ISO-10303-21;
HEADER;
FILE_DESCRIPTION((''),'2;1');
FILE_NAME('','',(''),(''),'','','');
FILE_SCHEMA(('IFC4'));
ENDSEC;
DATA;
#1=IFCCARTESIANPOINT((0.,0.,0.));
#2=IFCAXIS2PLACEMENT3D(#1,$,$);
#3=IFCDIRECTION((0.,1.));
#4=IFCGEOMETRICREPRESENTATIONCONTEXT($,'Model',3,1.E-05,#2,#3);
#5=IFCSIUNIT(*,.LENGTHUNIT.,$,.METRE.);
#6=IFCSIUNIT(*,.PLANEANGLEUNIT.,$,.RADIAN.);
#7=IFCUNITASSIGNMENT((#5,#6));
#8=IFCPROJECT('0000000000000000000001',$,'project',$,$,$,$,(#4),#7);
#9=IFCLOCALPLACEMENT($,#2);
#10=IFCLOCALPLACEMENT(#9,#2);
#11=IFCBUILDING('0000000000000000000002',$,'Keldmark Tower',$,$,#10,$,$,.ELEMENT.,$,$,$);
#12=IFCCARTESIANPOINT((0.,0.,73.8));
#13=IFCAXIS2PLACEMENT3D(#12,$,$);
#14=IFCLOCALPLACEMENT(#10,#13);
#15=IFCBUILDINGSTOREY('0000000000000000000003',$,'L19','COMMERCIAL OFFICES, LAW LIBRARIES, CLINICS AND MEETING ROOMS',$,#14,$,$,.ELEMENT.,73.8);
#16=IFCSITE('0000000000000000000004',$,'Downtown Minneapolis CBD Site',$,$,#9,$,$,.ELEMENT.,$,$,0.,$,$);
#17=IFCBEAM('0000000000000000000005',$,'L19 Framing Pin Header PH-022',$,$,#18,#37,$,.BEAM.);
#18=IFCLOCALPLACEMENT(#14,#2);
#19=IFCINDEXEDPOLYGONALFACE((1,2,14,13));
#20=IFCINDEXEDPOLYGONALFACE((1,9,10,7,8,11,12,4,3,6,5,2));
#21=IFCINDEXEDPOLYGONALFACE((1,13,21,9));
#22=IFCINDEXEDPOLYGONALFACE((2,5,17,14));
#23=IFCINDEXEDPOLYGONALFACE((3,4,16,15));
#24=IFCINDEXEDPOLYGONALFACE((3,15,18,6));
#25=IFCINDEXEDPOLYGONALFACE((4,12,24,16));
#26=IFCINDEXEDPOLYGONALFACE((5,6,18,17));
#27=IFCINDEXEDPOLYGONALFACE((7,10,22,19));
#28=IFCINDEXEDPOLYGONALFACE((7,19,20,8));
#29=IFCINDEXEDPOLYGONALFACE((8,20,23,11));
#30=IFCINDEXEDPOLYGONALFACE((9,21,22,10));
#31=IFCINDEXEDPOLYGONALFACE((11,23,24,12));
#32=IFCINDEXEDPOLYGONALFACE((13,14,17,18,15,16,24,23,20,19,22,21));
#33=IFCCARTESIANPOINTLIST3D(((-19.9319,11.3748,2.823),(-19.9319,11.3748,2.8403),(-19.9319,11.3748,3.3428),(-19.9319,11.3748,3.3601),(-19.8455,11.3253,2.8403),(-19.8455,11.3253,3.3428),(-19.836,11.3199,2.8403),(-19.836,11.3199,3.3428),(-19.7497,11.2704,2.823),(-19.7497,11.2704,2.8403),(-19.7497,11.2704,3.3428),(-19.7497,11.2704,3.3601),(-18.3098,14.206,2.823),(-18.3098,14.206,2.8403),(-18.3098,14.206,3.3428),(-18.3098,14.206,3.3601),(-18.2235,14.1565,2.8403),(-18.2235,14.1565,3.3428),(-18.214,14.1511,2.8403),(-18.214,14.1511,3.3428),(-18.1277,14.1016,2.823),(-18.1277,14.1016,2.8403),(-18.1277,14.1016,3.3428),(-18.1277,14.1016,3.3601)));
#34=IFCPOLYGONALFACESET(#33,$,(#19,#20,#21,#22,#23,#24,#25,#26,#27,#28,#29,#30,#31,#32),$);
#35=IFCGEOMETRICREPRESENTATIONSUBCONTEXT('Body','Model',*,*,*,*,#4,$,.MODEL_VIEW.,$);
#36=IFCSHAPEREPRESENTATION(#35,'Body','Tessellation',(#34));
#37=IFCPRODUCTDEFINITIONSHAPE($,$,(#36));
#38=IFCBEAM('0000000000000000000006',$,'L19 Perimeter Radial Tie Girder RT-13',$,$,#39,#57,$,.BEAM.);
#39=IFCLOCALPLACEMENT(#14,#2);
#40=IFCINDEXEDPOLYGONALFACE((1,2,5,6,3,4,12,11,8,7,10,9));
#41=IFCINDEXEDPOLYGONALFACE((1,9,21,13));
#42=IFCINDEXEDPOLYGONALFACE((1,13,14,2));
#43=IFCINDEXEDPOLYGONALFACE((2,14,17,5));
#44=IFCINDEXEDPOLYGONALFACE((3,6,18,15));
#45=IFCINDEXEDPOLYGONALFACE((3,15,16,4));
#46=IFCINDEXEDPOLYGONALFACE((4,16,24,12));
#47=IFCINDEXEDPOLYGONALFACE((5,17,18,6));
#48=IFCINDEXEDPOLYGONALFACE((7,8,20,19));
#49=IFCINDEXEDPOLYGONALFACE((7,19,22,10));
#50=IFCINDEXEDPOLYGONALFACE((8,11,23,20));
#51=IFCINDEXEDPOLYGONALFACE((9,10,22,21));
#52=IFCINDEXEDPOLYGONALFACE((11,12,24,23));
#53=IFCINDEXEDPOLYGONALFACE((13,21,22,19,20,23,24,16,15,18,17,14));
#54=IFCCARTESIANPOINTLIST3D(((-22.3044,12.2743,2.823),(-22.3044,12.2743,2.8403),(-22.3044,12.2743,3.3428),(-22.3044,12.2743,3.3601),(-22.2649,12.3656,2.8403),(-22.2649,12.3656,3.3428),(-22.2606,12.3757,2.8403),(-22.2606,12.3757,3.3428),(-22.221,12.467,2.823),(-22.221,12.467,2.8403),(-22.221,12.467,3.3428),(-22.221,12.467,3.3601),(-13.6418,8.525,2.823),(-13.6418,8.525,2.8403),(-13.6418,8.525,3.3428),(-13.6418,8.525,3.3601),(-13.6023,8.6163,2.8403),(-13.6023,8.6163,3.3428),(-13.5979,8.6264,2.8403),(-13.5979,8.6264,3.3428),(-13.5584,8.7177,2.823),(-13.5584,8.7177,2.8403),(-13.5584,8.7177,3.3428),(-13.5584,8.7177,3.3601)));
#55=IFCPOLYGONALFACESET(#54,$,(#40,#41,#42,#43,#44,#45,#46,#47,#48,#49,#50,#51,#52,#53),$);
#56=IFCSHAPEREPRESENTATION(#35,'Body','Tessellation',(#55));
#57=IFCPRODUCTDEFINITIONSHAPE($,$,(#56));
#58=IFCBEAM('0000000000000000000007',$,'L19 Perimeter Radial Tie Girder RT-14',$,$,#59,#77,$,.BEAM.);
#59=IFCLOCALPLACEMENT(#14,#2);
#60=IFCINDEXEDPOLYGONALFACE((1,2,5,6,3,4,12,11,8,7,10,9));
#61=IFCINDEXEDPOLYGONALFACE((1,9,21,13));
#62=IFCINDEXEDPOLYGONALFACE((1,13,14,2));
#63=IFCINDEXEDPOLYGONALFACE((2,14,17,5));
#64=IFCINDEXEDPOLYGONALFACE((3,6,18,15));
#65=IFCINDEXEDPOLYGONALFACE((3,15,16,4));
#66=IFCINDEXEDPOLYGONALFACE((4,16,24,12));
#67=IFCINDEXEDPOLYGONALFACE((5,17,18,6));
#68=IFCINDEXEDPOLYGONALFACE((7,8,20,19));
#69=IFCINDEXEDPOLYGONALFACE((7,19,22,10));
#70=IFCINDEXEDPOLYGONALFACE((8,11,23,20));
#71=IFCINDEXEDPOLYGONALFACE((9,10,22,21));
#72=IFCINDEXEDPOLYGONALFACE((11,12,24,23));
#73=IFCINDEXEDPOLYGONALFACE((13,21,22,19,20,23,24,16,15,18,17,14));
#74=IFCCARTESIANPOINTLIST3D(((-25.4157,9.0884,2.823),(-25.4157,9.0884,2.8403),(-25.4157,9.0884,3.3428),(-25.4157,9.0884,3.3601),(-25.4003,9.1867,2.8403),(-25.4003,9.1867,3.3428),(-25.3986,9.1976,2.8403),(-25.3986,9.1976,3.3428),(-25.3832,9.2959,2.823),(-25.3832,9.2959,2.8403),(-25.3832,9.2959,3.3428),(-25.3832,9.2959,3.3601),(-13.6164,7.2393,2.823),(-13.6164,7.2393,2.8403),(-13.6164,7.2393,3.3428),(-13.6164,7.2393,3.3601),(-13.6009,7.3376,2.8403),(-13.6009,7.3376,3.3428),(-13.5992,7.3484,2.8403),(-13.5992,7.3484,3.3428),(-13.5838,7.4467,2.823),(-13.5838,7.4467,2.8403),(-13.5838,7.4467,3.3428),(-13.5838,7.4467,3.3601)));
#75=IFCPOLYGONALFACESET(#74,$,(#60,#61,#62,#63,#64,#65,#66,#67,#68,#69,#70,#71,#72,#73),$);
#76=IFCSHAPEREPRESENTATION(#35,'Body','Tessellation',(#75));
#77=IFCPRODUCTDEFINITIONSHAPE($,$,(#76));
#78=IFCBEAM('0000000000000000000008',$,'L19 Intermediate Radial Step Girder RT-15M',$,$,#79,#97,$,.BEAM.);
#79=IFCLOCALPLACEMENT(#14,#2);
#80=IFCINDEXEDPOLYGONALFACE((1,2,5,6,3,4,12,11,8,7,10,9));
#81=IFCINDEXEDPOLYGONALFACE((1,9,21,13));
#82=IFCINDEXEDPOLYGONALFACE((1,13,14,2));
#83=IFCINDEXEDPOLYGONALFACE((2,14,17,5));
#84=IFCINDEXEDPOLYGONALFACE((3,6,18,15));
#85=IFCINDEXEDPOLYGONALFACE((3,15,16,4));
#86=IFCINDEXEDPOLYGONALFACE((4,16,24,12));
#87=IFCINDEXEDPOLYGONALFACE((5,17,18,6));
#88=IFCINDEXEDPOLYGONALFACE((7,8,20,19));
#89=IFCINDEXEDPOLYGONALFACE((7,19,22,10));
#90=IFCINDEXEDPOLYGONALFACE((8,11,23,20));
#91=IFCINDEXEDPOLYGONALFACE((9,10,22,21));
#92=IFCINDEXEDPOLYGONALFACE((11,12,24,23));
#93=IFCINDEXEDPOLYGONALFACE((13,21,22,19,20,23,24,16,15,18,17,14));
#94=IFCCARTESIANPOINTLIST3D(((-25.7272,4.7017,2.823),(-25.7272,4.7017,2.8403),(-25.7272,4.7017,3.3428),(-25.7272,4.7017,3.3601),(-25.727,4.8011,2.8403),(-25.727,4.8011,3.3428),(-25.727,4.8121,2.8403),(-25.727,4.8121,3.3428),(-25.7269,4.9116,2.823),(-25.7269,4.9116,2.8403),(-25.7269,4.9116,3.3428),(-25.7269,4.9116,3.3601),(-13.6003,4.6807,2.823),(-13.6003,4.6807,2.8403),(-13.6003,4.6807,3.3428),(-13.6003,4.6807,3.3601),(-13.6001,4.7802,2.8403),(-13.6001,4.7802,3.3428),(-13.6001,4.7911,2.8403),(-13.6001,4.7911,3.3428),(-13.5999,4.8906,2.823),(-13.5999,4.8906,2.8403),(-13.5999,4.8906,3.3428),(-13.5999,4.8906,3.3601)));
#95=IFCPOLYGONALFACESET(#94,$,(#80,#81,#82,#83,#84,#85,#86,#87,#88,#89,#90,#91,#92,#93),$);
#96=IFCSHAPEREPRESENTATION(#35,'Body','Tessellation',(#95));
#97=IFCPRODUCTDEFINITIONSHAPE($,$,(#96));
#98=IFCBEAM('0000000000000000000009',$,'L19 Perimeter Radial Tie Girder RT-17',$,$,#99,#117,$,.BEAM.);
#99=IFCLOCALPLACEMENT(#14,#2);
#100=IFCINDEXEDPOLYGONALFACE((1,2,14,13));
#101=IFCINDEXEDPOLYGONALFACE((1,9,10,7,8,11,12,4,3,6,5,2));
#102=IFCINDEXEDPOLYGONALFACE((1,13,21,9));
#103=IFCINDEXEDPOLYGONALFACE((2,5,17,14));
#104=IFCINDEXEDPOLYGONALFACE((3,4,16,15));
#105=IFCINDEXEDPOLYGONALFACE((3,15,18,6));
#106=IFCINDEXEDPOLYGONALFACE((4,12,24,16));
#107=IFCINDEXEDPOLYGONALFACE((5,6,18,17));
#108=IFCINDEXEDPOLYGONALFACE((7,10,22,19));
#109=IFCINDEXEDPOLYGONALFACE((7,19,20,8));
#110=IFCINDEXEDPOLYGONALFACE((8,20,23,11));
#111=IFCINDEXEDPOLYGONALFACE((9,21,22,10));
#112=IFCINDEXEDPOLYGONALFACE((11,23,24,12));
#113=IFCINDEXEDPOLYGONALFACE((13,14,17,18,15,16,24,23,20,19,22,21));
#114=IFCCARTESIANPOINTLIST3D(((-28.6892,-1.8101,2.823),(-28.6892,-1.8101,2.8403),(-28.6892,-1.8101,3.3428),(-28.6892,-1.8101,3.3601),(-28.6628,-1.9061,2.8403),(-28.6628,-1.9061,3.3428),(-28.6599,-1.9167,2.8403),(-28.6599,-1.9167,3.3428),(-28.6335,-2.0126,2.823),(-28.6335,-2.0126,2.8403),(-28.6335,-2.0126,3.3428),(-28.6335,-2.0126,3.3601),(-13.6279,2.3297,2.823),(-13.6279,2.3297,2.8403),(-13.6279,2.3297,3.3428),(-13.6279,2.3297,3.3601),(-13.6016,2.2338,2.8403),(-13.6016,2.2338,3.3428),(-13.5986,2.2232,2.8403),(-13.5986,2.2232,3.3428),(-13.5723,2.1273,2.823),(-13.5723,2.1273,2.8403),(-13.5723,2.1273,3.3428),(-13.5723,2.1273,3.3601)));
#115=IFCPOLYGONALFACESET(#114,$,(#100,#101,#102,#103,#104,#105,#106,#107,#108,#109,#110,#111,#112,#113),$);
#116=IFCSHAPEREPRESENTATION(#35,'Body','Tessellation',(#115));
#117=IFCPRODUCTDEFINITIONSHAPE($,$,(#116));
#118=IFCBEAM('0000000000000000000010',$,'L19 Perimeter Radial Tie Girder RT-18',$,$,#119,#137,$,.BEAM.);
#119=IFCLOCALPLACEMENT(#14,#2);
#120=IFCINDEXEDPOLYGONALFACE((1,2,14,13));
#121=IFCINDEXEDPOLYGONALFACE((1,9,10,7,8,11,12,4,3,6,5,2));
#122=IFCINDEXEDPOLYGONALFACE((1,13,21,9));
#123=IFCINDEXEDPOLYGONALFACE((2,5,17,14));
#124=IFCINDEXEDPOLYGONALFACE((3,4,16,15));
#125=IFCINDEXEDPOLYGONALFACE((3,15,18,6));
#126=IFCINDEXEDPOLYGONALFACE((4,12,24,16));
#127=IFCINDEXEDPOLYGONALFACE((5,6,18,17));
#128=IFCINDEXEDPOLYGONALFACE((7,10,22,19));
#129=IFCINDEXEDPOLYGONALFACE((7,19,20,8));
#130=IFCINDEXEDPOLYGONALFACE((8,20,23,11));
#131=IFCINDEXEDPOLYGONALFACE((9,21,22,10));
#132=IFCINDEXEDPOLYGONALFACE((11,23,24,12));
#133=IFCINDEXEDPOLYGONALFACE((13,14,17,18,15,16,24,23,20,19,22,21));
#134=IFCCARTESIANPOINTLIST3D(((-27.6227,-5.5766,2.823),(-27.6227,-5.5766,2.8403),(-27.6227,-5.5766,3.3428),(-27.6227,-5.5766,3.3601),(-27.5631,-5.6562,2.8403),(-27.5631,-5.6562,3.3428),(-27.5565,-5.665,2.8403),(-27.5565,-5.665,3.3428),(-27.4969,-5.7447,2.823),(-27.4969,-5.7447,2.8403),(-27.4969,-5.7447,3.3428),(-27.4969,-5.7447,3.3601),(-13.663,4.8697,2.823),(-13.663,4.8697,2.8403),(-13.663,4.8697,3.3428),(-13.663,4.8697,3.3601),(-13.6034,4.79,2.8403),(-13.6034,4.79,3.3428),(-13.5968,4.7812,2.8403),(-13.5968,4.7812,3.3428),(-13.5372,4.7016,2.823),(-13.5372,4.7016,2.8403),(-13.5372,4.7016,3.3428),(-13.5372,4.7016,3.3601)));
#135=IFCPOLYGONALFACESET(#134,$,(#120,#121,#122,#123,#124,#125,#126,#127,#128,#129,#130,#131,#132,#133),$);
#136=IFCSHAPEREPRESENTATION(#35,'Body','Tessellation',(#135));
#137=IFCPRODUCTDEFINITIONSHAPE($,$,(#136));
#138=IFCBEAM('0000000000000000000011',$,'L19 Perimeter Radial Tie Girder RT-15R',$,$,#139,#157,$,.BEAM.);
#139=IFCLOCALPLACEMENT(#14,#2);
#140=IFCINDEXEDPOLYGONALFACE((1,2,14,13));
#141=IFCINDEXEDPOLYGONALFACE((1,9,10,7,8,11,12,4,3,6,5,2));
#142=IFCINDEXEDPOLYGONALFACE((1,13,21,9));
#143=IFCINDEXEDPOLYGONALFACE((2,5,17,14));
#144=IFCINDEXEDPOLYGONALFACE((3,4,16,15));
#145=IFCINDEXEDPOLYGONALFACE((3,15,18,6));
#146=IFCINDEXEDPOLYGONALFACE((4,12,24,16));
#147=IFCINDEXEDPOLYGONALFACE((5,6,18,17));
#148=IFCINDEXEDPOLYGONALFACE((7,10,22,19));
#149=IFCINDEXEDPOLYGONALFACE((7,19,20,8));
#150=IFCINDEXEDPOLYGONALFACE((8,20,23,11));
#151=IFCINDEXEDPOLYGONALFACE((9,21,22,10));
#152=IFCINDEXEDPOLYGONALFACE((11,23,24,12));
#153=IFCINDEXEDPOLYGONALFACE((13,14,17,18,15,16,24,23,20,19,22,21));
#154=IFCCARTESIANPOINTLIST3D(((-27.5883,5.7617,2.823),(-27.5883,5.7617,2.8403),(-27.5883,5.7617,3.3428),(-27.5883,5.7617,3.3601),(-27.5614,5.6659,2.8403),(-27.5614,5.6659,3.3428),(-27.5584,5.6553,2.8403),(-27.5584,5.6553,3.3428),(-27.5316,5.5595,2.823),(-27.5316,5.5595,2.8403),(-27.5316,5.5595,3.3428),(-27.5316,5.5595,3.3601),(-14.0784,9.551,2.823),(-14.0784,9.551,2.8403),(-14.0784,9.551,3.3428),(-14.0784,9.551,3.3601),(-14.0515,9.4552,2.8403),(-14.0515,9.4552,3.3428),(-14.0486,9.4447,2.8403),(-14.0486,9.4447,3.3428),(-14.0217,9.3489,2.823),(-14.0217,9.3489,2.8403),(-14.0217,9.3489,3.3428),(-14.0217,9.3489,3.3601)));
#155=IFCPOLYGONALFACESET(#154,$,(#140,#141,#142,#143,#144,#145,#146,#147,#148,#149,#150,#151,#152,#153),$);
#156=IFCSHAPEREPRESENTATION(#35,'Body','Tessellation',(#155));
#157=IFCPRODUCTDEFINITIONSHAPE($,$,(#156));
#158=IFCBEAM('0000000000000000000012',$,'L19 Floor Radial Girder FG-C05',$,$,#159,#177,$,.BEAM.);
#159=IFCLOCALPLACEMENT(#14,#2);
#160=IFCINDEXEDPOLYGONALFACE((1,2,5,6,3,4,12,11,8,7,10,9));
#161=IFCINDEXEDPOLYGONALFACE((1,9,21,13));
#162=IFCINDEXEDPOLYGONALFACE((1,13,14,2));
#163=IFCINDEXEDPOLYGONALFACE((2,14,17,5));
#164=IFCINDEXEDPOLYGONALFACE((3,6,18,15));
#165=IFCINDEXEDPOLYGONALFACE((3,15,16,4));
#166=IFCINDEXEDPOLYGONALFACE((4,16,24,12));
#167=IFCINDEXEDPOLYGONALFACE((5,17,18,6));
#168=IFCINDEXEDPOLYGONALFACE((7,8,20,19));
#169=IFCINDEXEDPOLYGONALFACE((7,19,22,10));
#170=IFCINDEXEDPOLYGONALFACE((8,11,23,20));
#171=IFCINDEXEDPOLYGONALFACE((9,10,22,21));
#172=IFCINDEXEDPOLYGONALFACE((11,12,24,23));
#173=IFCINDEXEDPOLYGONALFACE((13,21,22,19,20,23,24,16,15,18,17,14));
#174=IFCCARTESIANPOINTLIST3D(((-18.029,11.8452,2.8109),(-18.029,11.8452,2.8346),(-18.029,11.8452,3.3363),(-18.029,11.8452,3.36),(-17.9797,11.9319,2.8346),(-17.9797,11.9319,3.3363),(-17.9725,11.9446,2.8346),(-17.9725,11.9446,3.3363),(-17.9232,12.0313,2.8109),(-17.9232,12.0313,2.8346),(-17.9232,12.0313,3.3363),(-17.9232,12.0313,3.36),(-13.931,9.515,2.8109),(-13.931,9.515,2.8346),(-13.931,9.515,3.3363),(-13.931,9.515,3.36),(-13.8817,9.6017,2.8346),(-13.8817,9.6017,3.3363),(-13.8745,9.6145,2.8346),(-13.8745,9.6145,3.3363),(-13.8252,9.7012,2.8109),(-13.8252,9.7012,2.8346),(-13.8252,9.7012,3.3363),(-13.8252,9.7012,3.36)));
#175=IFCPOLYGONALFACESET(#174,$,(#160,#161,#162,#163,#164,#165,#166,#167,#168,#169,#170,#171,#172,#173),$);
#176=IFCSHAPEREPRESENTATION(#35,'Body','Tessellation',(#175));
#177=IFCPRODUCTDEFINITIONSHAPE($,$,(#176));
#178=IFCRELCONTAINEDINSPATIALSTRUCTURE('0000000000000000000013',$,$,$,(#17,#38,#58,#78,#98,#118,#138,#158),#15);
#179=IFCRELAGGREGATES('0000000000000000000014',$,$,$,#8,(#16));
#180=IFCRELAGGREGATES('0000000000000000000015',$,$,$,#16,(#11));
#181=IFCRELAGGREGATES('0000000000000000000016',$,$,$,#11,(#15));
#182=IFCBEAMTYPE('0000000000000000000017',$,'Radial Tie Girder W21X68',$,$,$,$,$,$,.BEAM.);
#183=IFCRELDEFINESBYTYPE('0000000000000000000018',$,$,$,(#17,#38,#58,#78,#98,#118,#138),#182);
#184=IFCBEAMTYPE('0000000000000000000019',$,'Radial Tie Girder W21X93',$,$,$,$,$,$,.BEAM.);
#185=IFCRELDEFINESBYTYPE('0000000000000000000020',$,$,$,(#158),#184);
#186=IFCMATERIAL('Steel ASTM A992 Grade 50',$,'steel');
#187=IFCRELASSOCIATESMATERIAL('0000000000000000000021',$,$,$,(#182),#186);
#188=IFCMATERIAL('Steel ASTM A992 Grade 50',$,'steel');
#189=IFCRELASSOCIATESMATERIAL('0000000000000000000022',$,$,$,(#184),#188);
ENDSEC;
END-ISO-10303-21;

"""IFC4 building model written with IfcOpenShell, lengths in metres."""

from ifc_helpers import new_model, si_unit, direction, frame, origin, origin_2d, place, context, subcontext, project, spatial, i_section, extrude, material, material_profile, profile_set, type_object, element, save


model = new_model("IFC4")

# Units and contexts
model_context = context("Model", 3, precision=1e-05, world=origin(), true_north=direction((0.0, 1.0)))
body_context = subcontext(model_context, "Body", "Model", "MODEL_VIEW")
ifc_project = project(units=[si_unit("LENGTHUNIT", "METRE"), si_unit("PLANEANGLEUNIT", "RADIAN")], contexts=[model_context])

# Site, building, storey
site_placement = place(None, origin())
site = spatial("IfcSite", under=ifc_project, at=site_placement, Name="Downtown Minneapolis CBD Site", CompositionType="ELEMENT", RefElevation=0.0)
building_placement = place(site_placement, origin())
building = spatial("IfcBuilding", under=site, at=building_placement, Name="Keldmark Tower", CompositionType="ELEMENT")
storey_placement = place(building_placement, frame((0.0, 0.0, 73.8)))
storey = spatial("IfcBuildingStorey", under=building, at=storey_placement, Name="L19", Description="COMMERCIAL OFFICES, LAW LIBRARIES, CLINICS AND MEETING ROOMS", CompositionType="ELEMENT", Elevation=73.8)

# Beams
ifc_material_1 = material(Name="Steel ASTM A992 Grade 50", Category="steel")
ifc_material_profile_1 = material_profile(ifc_material_1, i_section(OverallWidth=0.21, OverallDepth=0.5371, WebThickness=0.011, FlangeThickness=0.0173, at=origin_2d()), Name="W21X68")
ifc_profile_set_1 = profile_set([ifc_material_profile_1], Name="Steel ASTM A992 Grade 50")
beam_type_1 = type_object("IfcBeamType", Name="Radial Tie Girder W21X68", PredefinedType="BEAM", material=ifc_profile_set_1)
beam_1_placement = place(storey_placement, frame((-18.2188, 14.1538, 3.0916), z_axis=(-0.497106, -0.86769, 0.0), x_axis=(0.86769, -0.497106, 0.0)))
element("IfcBeam", 1, at=beam_1_placement, inside=storey, type_object=beam_type_1, Name="L19 Framing Pin Header PH-022", PredefinedType="BEAM", context=body_context, shape_type="SweptSolid", body=[
    extrude(i_section(OverallWidth=0.21, OverallDepth=0.5371, WebThickness=0.011, FlangeThickness=0.0173, at=origin_2d()), origin(), (0.0, 0.0, 1.0), 3.2629),
])
beam_2_placement = place(storey_placement, frame((-13.6001, 8.6213, 3.0916), z_axis=(-0.91773, 0.397204, 0.0), x_axis=(-0.397204, -0.91773, 0.0)))
element("IfcBeam", 2, at=beam_2_placement, inside=storey, type_object=beam_type_1, Name="L19 Perimeter Radial Tie Girder RT-13", PredefinedType="BEAM", context=body_context, shape_type="SweptSolid", body=[
    extrude(i_section(OverallWidth=0.21, OverallDepth=0.5371, WebThickness=0.011, FlangeThickness=0.0173, at=origin_2d()), origin(), (0.0, 0.0, 1.0), 9.4392),
])
beam_3_placement = place(storey_placement, frame((-13.6001, 7.343, 3.0916), z_axis=(-0.987942, 0.154825, 0.0), x_axis=(-0.154825, -0.987942, 0.0)))
element("IfcBeam", 3, at=beam_3_placement, inside=storey, type_object=beam_type_1, Name="L19 Perimeter Radial Tie Girder RT-14", PredefinedType="BEAM", context=body_context, shape_type="SweptSolid", body=[
    extrude(i_section(OverallWidth=0.21, OverallDepth=0.5371, WebThickness=0.011, FlangeThickness=0.0173, at=origin_2d()), origin(), (0.0, 0.0, 1.0), 11.9434),
])
beam_4_placement = place(storey_placement, frame((-13.6001, 4.7856, 3.0916), z_axis=(-0.999999, 0.001731, 0.0), x_axis=(-0.001731, -0.999999, 0.0)))
element("IfcBeam", 4, at=beam_4_placement, inside=storey, type_object=beam_type_1, Name="L19 Intermediate Radial Step Girder RT-15M", PredefinedType="BEAM", context=body_context, shape_type="SweptSolid", body=[
    extrude(i_section(OverallWidth=0.21, OverallDepth=0.5371, WebThickness=0.011, FlangeThickness=0.0173, at=origin_2d()), origin(), (0.0, 0.0, 1.0), 12.127),
])
beam_5_placement = place(storey_placement, frame((-13.6001, 2.2285, 3.0916), z_axis=(-0.964237, -0.26504, 0.0), x_axis=(0.26504, -0.964237, 0.0)))
element("IfcBeam", 5, at=beam_5_placement, inside=storey, type_object=beam_type_1, Name="L19 Perimeter Radial Tie Girder RT-17", PredefinedType="BEAM", context=body_context, shape_type="SweptSolid", body=[
    extrude(i_section(OverallWidth=0.21, OverallDepth=0.5371, WebThickness=0.011, FlangeThickness=0.0173, at=origin_2d()), origin(), (0.0, 0.0, 1.0), 15.6199),
])
beam_6_placement = place(storey_placement, frame((-13.6001, 4.7856, 3.0916), z_axis=(-0.800646, -0.599137, 0.0), x_axis=(0.599137, -0.800646, 0.0)))
element("IfcBeam", 6, at=beam_6_placement, inside=storey, type_object=beam_type_1, Name="L19 Perimeter Radial Tie Girder RT-18", PredefinedType="BEAM", context=body_context, shape_type="SweptSolid", body=[
    extrude(i_section(OverallWidth=0.21, OverallDepth=0.5371, WebThickness=0.011, FlangeThickness=0.0173, at=origin_2d()), origin(), (0.0, 0.0, 1.0), 17.4355),
])
beam_7_placement = place(storey_placement, frame((-14.05, 9.45, 3.0916), z_axis=(-0.962842, -0.270064, 0.0), x_axis=(0.270064, -0.962842, 0.0)))
element("IfcBeam", 7, at=beam_7_placement, inside=storey, type_object=beam_type_1, Name="L19 Perimeter Radial Tie Girder RT-15R", PredefinedType="BEAM", context=body_context, shape_type="SweptSolid", body=[
    extrude(i_section(OverallWidth=0.21, OverallDepth=0.5371, WebThickness=0.011, FlangeThickness=0.0173, at=origin_2d()), origin(), (0.0, 0.0, 1.0), 14.0312),
])
ifc_material_2 = material(Name="Steel ASTM A992 Grade 50", Category="steel")
ifc_material_profile_2 = material_profile(ifc_material_2, i_section(OverallWidth=0.2141, OverallDepth=0.5491, WebThickness=0.0146, FlangeThickness=0.0237, at=origin_2d()), Name="W21X93")
ifc_profile_set_2 = profile_set([ifc_material_profile_2], Name="Steel ASTM A992 Grade 50")
beam_type_2 = type_object("IfcBeamType", Name="Radial Tie Girder W21X93", PredefinedType="BEAM", material=ifc_profile_set_2)
beam_8_placement = place(storey_placement, frame((-17.9761, 11.9382, 3.0854), z_axis=(0.869299, -0.494286, 0.0), x_axis=(0.494286, 0.869299, 0.0)))
element("IfcBeam", 8, at=beam_8_placement, inside=storey, type_object=beam_type_2, Name="L19 Floor Radial Girder FG-C05", PredefinedType="BEAM", context=body_context, shape_type="SweptSolid", body=[
    extrude(i_section(OverallWidth=0.2141, OverallDepth=0.5491, WebThickness=0.0146, FlangeThickness=0.0237, at=origin_2d()), origin(), (0.0, 0.0, 1.0), 4.7141),
])

save(model, "model.ifc")
